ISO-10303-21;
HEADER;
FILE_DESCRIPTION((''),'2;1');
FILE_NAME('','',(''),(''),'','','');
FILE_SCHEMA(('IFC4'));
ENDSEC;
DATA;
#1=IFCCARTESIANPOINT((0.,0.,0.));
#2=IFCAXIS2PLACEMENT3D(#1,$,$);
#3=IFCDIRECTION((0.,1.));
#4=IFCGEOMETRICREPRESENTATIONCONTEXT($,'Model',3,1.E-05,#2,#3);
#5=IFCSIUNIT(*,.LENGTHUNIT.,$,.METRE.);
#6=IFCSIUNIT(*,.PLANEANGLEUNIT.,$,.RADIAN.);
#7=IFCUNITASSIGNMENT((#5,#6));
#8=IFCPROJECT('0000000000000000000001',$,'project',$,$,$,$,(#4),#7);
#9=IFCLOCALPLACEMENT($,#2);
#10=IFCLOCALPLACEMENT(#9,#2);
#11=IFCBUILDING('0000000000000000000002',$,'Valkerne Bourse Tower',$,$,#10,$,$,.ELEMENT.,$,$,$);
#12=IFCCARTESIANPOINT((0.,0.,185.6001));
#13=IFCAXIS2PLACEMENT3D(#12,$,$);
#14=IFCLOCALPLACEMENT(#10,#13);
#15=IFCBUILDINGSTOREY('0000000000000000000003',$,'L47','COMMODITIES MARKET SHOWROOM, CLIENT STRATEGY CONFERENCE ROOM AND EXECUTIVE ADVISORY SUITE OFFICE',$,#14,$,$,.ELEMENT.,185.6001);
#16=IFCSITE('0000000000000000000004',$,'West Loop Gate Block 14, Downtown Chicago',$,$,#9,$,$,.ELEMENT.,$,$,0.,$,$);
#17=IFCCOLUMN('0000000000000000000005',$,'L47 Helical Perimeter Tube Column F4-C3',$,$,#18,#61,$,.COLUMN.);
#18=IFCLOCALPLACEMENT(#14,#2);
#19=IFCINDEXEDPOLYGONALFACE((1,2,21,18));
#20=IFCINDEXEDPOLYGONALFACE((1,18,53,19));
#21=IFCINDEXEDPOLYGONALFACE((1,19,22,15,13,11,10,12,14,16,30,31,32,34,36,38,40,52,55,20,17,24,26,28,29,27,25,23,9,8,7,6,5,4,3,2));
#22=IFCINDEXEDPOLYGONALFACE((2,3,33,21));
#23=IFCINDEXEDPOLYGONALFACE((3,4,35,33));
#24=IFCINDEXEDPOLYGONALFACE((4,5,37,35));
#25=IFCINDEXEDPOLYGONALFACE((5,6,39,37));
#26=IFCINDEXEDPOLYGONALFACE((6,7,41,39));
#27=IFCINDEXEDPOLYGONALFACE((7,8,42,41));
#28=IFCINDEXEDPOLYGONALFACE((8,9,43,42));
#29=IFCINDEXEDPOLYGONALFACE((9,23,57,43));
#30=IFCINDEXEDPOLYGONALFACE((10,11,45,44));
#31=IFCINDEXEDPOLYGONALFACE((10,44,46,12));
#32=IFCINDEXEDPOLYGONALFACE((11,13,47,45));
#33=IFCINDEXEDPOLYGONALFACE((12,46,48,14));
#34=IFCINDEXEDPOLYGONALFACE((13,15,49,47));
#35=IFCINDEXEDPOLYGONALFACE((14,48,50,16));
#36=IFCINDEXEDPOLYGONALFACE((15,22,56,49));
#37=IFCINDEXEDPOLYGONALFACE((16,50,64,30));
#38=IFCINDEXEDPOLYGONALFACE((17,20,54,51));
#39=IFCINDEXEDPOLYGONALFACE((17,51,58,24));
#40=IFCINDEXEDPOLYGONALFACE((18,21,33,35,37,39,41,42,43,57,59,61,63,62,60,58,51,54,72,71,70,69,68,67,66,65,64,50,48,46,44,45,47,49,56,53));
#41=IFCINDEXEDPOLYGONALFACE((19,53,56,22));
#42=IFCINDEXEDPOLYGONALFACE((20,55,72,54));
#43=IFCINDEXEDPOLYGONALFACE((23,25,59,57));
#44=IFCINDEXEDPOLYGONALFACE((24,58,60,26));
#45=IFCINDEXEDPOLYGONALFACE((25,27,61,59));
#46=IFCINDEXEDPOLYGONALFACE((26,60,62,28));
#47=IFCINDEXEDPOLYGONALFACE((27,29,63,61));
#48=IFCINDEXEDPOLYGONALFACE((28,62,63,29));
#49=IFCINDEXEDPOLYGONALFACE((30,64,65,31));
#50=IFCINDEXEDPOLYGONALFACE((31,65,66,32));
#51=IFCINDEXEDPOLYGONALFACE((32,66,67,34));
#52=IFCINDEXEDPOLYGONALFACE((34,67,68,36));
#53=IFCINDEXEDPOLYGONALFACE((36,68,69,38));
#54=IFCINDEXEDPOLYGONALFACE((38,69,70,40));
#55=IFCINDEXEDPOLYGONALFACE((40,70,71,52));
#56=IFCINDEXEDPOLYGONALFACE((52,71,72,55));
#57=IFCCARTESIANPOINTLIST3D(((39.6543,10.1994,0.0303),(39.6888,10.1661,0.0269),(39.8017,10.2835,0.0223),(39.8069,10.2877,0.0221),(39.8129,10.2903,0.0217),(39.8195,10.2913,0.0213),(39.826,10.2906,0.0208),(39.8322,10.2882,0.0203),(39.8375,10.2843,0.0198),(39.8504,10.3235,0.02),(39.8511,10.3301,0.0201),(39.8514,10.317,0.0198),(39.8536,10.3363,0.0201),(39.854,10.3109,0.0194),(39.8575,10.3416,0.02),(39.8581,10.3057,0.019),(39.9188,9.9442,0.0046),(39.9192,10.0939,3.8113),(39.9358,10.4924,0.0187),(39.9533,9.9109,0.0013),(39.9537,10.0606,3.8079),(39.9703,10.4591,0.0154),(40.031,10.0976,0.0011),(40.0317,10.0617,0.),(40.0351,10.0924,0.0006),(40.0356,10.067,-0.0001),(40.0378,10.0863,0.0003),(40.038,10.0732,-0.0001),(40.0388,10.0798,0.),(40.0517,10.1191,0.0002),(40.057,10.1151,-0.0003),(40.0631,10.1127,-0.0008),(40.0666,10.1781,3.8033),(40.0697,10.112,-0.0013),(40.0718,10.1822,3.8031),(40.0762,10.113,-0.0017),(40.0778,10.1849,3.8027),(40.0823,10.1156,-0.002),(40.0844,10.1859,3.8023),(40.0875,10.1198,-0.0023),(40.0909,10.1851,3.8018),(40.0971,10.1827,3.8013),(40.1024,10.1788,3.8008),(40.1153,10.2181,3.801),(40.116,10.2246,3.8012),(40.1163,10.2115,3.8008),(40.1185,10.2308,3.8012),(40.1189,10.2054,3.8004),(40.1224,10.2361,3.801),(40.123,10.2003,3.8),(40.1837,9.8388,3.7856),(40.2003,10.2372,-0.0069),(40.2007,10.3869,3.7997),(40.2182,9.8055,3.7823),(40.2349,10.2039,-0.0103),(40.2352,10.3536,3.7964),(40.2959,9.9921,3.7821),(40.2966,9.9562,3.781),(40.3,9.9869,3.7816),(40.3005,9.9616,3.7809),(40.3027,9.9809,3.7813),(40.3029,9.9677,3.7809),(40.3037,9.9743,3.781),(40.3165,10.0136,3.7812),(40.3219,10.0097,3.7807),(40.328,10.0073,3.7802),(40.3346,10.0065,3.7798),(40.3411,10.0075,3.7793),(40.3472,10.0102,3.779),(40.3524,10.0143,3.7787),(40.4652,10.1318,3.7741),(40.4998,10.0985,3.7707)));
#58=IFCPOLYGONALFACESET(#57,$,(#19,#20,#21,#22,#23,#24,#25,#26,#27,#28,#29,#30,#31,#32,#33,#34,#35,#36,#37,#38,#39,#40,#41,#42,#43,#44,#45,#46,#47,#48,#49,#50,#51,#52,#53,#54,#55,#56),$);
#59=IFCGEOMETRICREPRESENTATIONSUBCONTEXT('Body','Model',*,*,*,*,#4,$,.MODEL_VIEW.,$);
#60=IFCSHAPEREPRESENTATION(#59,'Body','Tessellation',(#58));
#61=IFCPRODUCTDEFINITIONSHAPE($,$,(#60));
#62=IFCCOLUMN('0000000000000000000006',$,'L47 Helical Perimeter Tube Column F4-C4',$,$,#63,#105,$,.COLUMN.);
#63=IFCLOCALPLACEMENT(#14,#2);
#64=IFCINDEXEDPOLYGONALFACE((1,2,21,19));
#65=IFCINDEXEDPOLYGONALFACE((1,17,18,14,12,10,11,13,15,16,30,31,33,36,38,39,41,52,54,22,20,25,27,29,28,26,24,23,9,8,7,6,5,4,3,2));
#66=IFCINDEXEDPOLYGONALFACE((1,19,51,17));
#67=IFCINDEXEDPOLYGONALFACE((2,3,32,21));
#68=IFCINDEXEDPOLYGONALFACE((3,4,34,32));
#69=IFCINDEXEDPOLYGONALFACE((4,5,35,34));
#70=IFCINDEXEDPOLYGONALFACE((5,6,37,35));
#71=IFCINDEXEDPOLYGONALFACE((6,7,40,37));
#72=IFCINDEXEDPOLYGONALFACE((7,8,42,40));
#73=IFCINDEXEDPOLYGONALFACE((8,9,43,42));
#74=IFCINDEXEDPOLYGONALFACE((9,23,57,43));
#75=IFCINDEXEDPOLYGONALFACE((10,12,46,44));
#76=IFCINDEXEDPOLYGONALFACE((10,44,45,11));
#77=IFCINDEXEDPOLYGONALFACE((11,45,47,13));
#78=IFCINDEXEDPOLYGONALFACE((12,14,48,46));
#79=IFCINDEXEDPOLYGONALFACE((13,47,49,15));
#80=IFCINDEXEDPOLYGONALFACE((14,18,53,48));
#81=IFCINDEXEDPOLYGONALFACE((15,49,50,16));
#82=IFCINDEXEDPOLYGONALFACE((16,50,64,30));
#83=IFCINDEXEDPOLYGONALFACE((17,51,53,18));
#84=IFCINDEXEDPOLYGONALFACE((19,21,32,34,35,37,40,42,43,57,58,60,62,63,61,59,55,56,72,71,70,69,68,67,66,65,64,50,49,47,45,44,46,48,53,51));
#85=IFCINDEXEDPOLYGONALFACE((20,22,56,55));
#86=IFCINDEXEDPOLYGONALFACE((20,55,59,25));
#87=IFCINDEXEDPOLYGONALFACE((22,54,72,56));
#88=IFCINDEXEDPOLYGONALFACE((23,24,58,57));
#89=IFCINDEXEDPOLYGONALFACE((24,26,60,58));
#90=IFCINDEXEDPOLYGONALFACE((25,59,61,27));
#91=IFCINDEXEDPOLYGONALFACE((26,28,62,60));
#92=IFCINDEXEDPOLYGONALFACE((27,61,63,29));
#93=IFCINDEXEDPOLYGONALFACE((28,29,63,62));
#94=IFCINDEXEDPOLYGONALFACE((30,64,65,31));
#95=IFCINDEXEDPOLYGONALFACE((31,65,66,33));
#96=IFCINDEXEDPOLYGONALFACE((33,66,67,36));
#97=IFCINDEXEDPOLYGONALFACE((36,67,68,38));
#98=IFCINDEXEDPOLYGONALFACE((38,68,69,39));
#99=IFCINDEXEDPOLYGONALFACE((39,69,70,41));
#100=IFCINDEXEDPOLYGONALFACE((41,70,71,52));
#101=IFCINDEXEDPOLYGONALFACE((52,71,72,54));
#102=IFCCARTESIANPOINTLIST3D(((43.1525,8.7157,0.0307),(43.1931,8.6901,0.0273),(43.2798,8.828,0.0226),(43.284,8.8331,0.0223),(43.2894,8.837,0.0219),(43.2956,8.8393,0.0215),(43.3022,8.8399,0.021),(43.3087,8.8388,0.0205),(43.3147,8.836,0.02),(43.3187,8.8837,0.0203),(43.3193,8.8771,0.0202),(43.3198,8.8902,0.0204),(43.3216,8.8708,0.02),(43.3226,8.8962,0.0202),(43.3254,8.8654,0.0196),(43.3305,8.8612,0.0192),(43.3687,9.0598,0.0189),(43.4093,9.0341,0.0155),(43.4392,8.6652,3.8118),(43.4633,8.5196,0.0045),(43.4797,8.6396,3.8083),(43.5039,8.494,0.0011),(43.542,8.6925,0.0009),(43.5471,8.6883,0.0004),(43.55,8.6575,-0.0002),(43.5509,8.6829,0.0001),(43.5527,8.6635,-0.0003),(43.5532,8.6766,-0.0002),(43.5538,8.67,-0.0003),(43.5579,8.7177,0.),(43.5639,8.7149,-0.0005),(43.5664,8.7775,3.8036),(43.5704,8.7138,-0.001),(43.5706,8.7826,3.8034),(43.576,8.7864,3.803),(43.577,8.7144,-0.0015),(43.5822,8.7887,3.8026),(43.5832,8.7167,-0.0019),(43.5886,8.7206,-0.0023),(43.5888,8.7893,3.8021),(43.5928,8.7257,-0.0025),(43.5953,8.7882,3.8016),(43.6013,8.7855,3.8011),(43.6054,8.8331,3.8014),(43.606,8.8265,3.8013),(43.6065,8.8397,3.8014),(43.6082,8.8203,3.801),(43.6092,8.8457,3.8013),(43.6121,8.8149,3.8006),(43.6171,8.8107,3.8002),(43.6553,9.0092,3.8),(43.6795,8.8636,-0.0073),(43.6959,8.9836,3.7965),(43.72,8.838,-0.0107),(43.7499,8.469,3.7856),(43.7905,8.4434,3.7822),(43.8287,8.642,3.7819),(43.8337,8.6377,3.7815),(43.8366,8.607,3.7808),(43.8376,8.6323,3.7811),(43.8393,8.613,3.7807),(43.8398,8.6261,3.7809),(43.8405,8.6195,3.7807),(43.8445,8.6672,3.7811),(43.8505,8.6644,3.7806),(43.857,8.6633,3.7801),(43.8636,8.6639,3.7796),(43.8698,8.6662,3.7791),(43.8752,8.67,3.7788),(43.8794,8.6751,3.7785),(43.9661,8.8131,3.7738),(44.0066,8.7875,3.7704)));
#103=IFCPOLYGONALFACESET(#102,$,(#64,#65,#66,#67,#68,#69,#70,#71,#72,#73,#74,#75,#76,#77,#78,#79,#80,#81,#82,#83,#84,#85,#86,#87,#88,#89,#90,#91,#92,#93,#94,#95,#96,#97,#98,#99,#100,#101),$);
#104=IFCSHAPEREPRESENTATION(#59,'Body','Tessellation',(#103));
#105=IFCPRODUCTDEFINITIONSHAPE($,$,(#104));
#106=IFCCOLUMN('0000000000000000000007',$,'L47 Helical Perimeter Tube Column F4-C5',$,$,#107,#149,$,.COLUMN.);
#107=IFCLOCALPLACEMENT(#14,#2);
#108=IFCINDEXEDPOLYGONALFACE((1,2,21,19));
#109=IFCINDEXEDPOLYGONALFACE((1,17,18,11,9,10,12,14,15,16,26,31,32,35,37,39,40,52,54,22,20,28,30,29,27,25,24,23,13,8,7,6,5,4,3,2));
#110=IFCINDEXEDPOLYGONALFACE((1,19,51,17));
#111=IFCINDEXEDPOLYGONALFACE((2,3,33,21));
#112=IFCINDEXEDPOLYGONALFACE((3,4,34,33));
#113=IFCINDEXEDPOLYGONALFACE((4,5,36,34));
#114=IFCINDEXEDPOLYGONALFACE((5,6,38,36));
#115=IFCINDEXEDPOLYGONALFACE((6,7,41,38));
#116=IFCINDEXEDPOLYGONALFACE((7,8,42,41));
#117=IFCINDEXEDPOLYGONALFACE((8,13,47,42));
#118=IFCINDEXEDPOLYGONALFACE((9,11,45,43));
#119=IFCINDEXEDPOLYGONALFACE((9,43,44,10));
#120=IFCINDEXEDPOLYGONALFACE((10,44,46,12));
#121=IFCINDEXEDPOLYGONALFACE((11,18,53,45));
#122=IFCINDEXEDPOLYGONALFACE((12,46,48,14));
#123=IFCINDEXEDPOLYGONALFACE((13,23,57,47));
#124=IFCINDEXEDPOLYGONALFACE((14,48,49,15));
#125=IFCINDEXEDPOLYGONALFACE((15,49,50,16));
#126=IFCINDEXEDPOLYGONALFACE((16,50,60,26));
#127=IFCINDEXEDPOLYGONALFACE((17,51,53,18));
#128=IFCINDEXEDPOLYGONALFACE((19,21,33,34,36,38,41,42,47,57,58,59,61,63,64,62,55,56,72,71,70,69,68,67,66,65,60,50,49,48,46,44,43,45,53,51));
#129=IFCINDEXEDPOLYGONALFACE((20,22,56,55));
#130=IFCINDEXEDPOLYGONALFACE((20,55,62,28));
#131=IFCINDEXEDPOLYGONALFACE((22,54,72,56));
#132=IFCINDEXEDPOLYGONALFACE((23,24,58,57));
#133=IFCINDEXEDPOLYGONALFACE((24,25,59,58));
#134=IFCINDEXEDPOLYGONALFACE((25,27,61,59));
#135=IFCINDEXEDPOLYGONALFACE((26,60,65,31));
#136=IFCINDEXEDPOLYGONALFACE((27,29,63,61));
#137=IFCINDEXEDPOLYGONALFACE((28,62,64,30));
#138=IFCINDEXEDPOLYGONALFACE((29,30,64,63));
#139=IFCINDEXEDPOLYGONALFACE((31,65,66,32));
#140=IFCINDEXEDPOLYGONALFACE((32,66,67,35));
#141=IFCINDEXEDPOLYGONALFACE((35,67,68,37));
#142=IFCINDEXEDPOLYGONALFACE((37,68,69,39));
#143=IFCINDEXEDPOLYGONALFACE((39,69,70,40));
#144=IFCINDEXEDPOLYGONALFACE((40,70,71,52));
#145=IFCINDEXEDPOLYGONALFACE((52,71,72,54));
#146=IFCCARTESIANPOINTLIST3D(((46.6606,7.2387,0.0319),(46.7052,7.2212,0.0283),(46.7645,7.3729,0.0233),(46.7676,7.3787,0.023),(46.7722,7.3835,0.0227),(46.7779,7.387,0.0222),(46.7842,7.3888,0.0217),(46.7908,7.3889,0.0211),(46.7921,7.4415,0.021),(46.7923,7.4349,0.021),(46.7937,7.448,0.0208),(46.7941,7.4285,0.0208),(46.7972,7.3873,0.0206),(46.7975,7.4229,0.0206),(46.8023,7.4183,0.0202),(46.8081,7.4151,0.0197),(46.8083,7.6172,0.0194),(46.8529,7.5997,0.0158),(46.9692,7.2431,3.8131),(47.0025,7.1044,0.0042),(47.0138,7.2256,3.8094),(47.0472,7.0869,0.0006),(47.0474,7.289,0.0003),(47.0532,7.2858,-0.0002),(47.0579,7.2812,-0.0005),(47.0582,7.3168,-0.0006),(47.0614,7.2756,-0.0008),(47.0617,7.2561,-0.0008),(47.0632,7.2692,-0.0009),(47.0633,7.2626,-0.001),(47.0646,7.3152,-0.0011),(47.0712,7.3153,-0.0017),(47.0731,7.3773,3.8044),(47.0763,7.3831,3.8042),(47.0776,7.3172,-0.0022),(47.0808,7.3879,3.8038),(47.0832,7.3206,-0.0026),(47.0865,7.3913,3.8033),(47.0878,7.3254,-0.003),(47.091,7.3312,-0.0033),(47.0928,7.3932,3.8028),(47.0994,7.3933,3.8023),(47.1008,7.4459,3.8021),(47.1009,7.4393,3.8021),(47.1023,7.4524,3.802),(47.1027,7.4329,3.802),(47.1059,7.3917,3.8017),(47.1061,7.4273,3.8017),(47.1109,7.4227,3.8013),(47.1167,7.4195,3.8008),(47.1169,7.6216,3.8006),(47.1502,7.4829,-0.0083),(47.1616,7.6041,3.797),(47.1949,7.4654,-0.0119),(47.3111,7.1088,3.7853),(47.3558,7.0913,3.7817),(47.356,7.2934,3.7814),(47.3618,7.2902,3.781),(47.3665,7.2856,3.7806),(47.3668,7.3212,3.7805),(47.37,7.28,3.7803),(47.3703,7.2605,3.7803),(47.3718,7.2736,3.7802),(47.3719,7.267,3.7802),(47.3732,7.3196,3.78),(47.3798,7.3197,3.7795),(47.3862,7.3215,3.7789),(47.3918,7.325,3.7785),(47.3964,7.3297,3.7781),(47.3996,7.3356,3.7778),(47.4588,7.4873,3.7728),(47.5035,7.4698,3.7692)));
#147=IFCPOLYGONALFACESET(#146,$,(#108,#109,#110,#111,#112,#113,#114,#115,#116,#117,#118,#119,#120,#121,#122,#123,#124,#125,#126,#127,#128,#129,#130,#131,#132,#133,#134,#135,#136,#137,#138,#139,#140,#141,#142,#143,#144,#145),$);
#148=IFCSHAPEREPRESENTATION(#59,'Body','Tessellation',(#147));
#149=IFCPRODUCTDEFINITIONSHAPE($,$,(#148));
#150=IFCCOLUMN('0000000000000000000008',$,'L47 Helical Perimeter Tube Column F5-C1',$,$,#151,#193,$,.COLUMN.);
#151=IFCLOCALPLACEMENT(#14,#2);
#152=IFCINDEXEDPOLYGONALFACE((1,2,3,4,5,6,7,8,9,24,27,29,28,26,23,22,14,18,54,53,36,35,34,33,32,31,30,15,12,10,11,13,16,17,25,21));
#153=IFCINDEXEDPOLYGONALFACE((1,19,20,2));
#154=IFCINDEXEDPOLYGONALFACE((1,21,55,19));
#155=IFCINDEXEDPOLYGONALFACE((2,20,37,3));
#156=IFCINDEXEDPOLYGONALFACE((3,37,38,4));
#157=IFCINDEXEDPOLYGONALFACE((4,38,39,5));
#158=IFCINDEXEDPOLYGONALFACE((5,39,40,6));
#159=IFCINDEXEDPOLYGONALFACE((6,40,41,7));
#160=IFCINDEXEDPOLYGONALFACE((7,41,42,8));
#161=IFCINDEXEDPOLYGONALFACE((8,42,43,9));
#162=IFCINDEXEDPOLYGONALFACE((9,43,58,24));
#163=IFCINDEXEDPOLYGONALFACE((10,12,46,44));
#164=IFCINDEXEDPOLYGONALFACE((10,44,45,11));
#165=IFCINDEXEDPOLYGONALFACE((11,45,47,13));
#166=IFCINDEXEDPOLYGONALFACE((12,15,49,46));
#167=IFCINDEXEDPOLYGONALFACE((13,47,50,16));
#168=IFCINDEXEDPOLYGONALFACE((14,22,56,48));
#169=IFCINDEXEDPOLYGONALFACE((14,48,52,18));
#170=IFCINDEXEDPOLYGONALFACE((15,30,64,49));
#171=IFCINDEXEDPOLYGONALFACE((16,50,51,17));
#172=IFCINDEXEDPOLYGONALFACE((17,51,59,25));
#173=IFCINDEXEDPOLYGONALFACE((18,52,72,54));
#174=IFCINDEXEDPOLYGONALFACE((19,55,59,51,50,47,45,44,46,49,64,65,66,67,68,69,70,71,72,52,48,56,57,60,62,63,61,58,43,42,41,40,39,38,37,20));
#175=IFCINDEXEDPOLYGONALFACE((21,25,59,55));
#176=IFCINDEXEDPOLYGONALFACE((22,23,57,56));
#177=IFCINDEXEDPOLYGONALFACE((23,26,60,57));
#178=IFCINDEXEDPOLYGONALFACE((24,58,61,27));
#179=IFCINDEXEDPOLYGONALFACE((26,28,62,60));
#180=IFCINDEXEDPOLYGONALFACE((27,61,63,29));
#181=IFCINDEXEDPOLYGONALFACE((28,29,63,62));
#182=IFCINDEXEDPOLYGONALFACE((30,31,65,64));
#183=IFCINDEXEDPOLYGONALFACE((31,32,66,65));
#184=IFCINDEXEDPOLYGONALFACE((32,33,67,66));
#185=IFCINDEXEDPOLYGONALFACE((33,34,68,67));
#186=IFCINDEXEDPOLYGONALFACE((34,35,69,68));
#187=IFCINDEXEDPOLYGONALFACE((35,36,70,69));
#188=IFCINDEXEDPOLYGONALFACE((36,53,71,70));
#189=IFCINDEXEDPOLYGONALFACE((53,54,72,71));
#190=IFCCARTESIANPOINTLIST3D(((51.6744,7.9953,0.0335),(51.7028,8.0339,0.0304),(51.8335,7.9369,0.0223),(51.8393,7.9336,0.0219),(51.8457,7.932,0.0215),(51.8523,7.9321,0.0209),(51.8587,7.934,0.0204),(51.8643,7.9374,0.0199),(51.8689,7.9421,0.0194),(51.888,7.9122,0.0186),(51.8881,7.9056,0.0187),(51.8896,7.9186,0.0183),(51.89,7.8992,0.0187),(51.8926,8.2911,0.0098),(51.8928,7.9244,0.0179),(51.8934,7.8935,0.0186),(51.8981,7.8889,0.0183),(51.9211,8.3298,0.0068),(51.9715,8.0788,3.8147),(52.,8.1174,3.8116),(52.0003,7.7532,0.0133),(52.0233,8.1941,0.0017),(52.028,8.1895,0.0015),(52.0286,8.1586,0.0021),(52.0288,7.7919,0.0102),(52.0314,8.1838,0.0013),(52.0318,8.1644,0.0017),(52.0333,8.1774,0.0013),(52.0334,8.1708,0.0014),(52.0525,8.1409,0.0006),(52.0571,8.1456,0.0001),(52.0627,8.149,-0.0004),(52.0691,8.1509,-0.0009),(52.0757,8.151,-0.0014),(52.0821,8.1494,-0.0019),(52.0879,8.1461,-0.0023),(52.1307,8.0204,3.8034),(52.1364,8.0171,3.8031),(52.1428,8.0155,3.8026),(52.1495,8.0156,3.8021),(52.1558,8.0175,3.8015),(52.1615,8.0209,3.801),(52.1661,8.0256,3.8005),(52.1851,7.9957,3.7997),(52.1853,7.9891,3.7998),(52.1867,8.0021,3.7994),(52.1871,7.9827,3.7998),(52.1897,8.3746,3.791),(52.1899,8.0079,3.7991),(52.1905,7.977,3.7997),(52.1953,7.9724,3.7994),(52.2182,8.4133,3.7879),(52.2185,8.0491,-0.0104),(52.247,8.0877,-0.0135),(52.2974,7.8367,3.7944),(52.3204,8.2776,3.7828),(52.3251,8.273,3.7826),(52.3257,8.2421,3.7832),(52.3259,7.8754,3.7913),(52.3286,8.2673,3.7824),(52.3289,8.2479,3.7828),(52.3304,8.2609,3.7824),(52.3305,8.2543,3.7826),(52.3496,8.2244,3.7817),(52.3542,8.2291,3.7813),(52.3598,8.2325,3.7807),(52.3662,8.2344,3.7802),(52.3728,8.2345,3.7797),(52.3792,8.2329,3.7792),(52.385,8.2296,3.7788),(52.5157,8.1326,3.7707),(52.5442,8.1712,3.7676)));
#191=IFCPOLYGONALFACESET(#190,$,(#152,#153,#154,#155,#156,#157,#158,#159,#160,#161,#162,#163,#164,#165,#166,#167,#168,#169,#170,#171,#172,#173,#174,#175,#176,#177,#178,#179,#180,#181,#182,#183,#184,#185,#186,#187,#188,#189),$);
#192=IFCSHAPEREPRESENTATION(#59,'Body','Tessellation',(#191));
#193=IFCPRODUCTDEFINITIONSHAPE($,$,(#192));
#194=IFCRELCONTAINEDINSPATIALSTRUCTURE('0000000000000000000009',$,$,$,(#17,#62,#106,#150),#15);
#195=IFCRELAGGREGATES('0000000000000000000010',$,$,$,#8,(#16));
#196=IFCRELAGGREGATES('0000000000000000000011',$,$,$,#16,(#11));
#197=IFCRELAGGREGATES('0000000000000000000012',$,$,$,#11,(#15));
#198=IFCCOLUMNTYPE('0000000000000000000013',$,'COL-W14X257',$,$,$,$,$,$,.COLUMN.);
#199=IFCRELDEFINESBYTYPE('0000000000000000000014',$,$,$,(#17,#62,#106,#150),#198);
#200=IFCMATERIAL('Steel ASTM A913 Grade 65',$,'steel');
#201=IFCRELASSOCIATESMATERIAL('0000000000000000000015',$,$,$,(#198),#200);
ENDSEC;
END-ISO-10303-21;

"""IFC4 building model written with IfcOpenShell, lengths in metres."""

from ifc_helpers import new_model, si_unit, direction, frame, origin, origin_2d, place, context, subcontext, project, spatial, i_section, extrude, material, material_profile, profile_set, type_object, element, save


model = new_model("IFC4")

# Units and contexts
model_context = context("Model", 3, precision=1e-05, world=origin(), true_north=direction((0.0, 1.0)))
body_context = subcontext(model_context, "Body", "Model", "MODEL_VIEW")
ifc_project = project(units=[si_unit("LENGTHUNIT", "METRE"), si_unit("PLANEANGLEUNIT", "RADIAN")], contexts=[model_context])

# Site, building, storey
site_placement = place(None, origin())
site = spatial("IfcSite", under=ifc_project, at=site_placement, Name="West Loop Gate Block 14, Downtown Chicago", CompositionType="ELEMENT", RefElevation=0.0)
building_placement = place(site_placement, origin())
building = spatial("IfcBuilding", under=site, at=building_placement, Name="Valkerne Bourse Tower", CompositionType="ELEMENT")
storey_placement = place(building_placement, frame((0.0, 0.0, 185.6001)))
storey = spatial("IfcBuildingStorey", under=building, at=storey_placement, Name="L47", Description="COMMODITIES MARKET SHOWROOM, CLIENT STRATEGY CONFERENCE ROOM AND EXECUTIVE ADVISORY SUITE OFFICE", CompositionType="ELEMENT", Elevation=185.6001)

# Columns
ifc_material_1 = material(Name="Steel ASTM A913 Grade 65", Category="steel")
ifc_material_profile_1 = material_profile(ifc_material_1, i_section(OverallWidth=0.4065, OverallDepth=0.4165, WebThickness=0.0298, FlangeThickness=0.0481, FilletRadius=0.0254, at=origin_2d()), Name="W14X257")
ifc_profile_set_1 = profile_set([ifc_material_profile_1], Name="Steel ASTM A913 Grade 65")
column_type = type_object("IfcColumnType", Name="COL-W14X257", PredefinedType="COLUMN", material=ifc_profile_set_1)
column_1_placement = place(storey_placement, frame((39.9446, 10.2017, 0.01), z_axis=(0.06986, -0.027815, 0.997169), x_axis=(0.692538, 0.720822, -0.028411)))
element("IfcColumn", 1, at=column_1_placement, inside=storey, type_object=column_type, Name="L47 Helical Perimeter Tube Column F4-C3", PredefinedType="COLUMN", context=body_context, shape_type="SweptSolid", body=[
    extrude(i_section(OverallWidth=0.4065, OverallDepth=0.4165, WebThickness=0.0298, FlangeThickness=0.0481, FilletRadius=0.0254, at=origin_2d()), origin(), (0.0, 0.0, 1.0), 3.7917),
])
column_2_placement = place(storey_placement, frame((43.4363, 8.7769, 0.01), z_axis=(0.075582, -0.013327, 0.997051), x_axis=(0.531773, 0.84639, -0.028998)))
element("IfcColumn", 2, at=column_2_placement, inside=storey, type_object=column_type, Name="L47 Helical Perimeter Tube Column F4-C4", PredefinedType="COLUMN", context=body_context, shape_type="SweptSolid", body=[
    extrude(i_section(OverallWidth=0.4065, OverallDepth=0.4165, WebThickness=0.0298, FlangeThickness=0.0481, FilletRadius=0.0254, at=origin_2d()), origin(), (0.0, 0.0, 1.0), 3.7922),
])
for number, where, z_axis, x_axis, name in (
    (3, (46.9277, 7.3521, 0.01), (0.081346, 0.001158, 0.996685), (0.363367, 0.931139, -0.030739), "L47 Helical Perimeter Tube Column F4-C5"),
    (4, (51.9607, 8.0415, 0.01), (0.078322, 0.02201, 0.996685), (-0.801863, 0.595423, 0.049863), "L47 Helical Perimeter Tube Column F5-C1"),
):
    element("IfcColumn", number, at=place(storey_placement, frame(where, z_axis=z_axis, x_axis=x_axis)), inside=storey, type_object=column_type, Name=name, PredefinedType="COLUMN", context=body_context, shape_type="SweptSolid", body=[
        extrude(i_section(OverallWidth=0.4065, OverallDepth=0.4165, WebThickness=0.0298, FlangeThickness=0.0481, FilletRadius=0.0254, at=origin_2d()), origin(), (0.0, 0.0, 1.0), 3.7937),
    ])

save(model, "model.ifc")
